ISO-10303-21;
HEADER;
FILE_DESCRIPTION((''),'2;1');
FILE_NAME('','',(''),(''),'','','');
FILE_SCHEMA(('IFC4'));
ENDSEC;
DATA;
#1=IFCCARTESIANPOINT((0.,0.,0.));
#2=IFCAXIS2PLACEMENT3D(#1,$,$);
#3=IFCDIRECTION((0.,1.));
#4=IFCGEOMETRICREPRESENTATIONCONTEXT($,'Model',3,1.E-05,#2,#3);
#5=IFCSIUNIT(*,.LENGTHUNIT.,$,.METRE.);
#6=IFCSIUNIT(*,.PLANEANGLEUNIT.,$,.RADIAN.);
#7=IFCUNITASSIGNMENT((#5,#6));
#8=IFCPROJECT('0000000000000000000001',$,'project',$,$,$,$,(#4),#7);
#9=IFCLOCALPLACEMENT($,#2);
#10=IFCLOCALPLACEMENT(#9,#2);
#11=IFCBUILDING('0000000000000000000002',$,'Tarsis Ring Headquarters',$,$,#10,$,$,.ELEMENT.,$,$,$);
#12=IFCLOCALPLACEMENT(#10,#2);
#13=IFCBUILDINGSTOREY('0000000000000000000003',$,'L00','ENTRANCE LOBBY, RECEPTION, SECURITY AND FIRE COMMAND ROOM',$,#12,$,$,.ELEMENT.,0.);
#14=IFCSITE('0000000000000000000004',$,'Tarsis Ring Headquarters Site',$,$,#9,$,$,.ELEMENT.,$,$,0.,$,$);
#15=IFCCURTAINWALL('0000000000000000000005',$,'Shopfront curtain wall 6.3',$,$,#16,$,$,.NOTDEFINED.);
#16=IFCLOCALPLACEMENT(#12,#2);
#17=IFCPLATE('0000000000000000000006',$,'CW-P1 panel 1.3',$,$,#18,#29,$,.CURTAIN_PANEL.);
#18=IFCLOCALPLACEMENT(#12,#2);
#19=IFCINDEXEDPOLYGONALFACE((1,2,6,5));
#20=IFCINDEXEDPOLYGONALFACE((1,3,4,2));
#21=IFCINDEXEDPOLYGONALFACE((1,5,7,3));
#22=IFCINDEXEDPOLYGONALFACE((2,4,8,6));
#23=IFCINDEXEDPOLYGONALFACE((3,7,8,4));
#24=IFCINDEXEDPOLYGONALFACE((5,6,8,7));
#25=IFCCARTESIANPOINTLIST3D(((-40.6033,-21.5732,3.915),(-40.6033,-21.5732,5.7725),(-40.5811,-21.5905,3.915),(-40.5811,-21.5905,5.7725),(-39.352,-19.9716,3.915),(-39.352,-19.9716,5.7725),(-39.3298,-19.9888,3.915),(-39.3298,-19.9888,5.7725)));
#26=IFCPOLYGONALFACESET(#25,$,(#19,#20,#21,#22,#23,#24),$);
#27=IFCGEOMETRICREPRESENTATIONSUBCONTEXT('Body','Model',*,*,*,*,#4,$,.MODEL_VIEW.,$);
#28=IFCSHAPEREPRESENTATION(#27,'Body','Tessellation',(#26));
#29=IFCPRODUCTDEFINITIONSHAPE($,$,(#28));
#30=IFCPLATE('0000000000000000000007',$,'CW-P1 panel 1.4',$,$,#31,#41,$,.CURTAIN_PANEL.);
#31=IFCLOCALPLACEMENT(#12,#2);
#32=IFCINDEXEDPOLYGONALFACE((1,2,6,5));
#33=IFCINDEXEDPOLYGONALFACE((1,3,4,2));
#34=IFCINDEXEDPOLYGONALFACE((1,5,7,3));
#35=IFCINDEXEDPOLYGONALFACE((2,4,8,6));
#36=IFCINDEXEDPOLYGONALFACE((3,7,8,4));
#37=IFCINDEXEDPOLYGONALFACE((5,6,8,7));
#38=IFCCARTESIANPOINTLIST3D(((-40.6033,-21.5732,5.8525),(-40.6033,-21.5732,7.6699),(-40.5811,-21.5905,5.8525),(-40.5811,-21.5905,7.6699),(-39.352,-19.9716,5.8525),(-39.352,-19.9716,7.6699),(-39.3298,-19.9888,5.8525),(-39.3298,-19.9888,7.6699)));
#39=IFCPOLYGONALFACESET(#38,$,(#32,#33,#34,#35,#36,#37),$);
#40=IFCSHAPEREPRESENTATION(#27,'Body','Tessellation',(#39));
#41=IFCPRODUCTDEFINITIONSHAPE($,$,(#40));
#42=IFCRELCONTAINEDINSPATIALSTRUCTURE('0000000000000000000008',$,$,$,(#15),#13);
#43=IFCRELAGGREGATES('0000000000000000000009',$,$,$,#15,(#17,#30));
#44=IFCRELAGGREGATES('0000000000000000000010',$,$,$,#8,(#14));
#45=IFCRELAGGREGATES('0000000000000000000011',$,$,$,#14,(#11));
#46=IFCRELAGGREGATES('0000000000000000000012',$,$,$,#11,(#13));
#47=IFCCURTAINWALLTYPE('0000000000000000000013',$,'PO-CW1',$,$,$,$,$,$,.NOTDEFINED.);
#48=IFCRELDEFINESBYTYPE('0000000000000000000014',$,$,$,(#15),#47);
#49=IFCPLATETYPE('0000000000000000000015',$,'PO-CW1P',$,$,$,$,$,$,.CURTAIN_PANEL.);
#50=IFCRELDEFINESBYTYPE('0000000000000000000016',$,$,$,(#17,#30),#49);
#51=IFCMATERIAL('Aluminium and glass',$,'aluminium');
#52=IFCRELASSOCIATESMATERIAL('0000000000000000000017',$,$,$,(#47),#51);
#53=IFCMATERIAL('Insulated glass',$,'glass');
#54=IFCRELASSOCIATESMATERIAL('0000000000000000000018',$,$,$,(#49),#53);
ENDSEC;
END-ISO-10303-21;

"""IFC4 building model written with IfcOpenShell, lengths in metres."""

from ifc_helpers import new_model, si_unit, direction, frame, origin, origin_2d, place, context, subcontext, project, spatial, rectangle, extrude, material, type_object, element, aggregate, save


model = new_model("IFC4")

# Units and contexts
model_context = context("Model", 3, precision=1e-05, world=origin(), true_north=direction((0.0, 1.0)))
body_context = subcontext(model_context, "Body", "Model", "MODEL_VIEW")
ifc_project = project(units=[si_unit("LENGTHUNIT", "METRE"), si_unit("PLANEANGLEUNIT", "RADIAN")], contexts=[model_context])

# Site, building, storey
site_placement = place(None, origin())
site = spatial("IfcSite", under=ifc_project, at=site_placement, Name="Tarsis Ring Headquarters Site", CompositionType="ELEMENT", RefElevation=0.0)
building_placement = place(site_placement, origin())
building = spatial("IfcBuilding", under=site, at=building_placement, Name="Tarsis Ring Headquarters", CompositionType="ELEMENT")
storey_placement = place(building_placement, origin())
storey = spatial("IfcBuildingStorey", under=building, at=storey_placement, Name="L00", Description="ENTRANCE LOBBY, RECEPTION, SECURITY AND FIRE COMMAND ROOM", CompositionType="ELEMENT", Elevation=0.0)

# Curtain wall
ifc_material_1 = material(Name="Aluminium and glass", Category="aluminium")
curtain_wall_type = type_object("IfcCurtainWallType", Name="PO-CW1", PredefinedType="NOTDEFINED", material=ifc_material_1)
curtain_wall_1_placement = place(storey_placement, origin())
curtain_wall_1 = element("IfcCurtainWall", 1, at=curtain_wall_1_placement, inside=storey, type_object=curtain_wall_type, Name="Shopfront curtain wall 6.3", PredefinedType="NOTDEFINED")

# Plates
ifc_material_2 = material(Name="Insulated glass", Category="glass")
plate_type = type_object("IfcPlateType", Name="PO-CW1P", PredefinedType="CURTAIN_PANEL", material=ifc_material_2)
plate_1_placement = place(storey_placement, frame((-39.9666, -20.781, 3.915), z_axis=(0.0, 0.0, 1.0), x_axis=(-0.615662, -0.788011, 0.0)))
plate_1 = element("IfcPlate", 2, at=plate_1_placement, type_object=plate_type, Name="CW-P1 panel 1.3", PredefinedType="CURTAIN_PANEL", context=body_context, shape_type="SweptSolid", body=[
    extrude(rectangle(XDim=2.0325, YDim=0.0281, at=origin_2d()), origin(), (0.0, 0.0, 1.0), 1.8574),
])
plate_2_placement = place(storey_placement, frame((-39.9666, -20.781, 5.8525), z_axis=(0.0, 0.0, 1.0), x_axis=(-0.615662, -0.788011, 0.0)))
plate_2 = element("IfcPlate", 3, at=plate_2_placement, type_object=plate_type, Name="CW-P1 panel 1.4", PredefinedType="CURTAIN_PANEL", context=body_context, shape_type="SweptSolid", body=[
    extrude(rectangle(XDim=2.0325, YDim=0.0281, at=origin_2d()), origin(), (0.0, 0.0, 1.0), 1.8174),
])
aggregate(curtain_wall_1, [plate_1, plate_2])

save(model, "model.ifc")
